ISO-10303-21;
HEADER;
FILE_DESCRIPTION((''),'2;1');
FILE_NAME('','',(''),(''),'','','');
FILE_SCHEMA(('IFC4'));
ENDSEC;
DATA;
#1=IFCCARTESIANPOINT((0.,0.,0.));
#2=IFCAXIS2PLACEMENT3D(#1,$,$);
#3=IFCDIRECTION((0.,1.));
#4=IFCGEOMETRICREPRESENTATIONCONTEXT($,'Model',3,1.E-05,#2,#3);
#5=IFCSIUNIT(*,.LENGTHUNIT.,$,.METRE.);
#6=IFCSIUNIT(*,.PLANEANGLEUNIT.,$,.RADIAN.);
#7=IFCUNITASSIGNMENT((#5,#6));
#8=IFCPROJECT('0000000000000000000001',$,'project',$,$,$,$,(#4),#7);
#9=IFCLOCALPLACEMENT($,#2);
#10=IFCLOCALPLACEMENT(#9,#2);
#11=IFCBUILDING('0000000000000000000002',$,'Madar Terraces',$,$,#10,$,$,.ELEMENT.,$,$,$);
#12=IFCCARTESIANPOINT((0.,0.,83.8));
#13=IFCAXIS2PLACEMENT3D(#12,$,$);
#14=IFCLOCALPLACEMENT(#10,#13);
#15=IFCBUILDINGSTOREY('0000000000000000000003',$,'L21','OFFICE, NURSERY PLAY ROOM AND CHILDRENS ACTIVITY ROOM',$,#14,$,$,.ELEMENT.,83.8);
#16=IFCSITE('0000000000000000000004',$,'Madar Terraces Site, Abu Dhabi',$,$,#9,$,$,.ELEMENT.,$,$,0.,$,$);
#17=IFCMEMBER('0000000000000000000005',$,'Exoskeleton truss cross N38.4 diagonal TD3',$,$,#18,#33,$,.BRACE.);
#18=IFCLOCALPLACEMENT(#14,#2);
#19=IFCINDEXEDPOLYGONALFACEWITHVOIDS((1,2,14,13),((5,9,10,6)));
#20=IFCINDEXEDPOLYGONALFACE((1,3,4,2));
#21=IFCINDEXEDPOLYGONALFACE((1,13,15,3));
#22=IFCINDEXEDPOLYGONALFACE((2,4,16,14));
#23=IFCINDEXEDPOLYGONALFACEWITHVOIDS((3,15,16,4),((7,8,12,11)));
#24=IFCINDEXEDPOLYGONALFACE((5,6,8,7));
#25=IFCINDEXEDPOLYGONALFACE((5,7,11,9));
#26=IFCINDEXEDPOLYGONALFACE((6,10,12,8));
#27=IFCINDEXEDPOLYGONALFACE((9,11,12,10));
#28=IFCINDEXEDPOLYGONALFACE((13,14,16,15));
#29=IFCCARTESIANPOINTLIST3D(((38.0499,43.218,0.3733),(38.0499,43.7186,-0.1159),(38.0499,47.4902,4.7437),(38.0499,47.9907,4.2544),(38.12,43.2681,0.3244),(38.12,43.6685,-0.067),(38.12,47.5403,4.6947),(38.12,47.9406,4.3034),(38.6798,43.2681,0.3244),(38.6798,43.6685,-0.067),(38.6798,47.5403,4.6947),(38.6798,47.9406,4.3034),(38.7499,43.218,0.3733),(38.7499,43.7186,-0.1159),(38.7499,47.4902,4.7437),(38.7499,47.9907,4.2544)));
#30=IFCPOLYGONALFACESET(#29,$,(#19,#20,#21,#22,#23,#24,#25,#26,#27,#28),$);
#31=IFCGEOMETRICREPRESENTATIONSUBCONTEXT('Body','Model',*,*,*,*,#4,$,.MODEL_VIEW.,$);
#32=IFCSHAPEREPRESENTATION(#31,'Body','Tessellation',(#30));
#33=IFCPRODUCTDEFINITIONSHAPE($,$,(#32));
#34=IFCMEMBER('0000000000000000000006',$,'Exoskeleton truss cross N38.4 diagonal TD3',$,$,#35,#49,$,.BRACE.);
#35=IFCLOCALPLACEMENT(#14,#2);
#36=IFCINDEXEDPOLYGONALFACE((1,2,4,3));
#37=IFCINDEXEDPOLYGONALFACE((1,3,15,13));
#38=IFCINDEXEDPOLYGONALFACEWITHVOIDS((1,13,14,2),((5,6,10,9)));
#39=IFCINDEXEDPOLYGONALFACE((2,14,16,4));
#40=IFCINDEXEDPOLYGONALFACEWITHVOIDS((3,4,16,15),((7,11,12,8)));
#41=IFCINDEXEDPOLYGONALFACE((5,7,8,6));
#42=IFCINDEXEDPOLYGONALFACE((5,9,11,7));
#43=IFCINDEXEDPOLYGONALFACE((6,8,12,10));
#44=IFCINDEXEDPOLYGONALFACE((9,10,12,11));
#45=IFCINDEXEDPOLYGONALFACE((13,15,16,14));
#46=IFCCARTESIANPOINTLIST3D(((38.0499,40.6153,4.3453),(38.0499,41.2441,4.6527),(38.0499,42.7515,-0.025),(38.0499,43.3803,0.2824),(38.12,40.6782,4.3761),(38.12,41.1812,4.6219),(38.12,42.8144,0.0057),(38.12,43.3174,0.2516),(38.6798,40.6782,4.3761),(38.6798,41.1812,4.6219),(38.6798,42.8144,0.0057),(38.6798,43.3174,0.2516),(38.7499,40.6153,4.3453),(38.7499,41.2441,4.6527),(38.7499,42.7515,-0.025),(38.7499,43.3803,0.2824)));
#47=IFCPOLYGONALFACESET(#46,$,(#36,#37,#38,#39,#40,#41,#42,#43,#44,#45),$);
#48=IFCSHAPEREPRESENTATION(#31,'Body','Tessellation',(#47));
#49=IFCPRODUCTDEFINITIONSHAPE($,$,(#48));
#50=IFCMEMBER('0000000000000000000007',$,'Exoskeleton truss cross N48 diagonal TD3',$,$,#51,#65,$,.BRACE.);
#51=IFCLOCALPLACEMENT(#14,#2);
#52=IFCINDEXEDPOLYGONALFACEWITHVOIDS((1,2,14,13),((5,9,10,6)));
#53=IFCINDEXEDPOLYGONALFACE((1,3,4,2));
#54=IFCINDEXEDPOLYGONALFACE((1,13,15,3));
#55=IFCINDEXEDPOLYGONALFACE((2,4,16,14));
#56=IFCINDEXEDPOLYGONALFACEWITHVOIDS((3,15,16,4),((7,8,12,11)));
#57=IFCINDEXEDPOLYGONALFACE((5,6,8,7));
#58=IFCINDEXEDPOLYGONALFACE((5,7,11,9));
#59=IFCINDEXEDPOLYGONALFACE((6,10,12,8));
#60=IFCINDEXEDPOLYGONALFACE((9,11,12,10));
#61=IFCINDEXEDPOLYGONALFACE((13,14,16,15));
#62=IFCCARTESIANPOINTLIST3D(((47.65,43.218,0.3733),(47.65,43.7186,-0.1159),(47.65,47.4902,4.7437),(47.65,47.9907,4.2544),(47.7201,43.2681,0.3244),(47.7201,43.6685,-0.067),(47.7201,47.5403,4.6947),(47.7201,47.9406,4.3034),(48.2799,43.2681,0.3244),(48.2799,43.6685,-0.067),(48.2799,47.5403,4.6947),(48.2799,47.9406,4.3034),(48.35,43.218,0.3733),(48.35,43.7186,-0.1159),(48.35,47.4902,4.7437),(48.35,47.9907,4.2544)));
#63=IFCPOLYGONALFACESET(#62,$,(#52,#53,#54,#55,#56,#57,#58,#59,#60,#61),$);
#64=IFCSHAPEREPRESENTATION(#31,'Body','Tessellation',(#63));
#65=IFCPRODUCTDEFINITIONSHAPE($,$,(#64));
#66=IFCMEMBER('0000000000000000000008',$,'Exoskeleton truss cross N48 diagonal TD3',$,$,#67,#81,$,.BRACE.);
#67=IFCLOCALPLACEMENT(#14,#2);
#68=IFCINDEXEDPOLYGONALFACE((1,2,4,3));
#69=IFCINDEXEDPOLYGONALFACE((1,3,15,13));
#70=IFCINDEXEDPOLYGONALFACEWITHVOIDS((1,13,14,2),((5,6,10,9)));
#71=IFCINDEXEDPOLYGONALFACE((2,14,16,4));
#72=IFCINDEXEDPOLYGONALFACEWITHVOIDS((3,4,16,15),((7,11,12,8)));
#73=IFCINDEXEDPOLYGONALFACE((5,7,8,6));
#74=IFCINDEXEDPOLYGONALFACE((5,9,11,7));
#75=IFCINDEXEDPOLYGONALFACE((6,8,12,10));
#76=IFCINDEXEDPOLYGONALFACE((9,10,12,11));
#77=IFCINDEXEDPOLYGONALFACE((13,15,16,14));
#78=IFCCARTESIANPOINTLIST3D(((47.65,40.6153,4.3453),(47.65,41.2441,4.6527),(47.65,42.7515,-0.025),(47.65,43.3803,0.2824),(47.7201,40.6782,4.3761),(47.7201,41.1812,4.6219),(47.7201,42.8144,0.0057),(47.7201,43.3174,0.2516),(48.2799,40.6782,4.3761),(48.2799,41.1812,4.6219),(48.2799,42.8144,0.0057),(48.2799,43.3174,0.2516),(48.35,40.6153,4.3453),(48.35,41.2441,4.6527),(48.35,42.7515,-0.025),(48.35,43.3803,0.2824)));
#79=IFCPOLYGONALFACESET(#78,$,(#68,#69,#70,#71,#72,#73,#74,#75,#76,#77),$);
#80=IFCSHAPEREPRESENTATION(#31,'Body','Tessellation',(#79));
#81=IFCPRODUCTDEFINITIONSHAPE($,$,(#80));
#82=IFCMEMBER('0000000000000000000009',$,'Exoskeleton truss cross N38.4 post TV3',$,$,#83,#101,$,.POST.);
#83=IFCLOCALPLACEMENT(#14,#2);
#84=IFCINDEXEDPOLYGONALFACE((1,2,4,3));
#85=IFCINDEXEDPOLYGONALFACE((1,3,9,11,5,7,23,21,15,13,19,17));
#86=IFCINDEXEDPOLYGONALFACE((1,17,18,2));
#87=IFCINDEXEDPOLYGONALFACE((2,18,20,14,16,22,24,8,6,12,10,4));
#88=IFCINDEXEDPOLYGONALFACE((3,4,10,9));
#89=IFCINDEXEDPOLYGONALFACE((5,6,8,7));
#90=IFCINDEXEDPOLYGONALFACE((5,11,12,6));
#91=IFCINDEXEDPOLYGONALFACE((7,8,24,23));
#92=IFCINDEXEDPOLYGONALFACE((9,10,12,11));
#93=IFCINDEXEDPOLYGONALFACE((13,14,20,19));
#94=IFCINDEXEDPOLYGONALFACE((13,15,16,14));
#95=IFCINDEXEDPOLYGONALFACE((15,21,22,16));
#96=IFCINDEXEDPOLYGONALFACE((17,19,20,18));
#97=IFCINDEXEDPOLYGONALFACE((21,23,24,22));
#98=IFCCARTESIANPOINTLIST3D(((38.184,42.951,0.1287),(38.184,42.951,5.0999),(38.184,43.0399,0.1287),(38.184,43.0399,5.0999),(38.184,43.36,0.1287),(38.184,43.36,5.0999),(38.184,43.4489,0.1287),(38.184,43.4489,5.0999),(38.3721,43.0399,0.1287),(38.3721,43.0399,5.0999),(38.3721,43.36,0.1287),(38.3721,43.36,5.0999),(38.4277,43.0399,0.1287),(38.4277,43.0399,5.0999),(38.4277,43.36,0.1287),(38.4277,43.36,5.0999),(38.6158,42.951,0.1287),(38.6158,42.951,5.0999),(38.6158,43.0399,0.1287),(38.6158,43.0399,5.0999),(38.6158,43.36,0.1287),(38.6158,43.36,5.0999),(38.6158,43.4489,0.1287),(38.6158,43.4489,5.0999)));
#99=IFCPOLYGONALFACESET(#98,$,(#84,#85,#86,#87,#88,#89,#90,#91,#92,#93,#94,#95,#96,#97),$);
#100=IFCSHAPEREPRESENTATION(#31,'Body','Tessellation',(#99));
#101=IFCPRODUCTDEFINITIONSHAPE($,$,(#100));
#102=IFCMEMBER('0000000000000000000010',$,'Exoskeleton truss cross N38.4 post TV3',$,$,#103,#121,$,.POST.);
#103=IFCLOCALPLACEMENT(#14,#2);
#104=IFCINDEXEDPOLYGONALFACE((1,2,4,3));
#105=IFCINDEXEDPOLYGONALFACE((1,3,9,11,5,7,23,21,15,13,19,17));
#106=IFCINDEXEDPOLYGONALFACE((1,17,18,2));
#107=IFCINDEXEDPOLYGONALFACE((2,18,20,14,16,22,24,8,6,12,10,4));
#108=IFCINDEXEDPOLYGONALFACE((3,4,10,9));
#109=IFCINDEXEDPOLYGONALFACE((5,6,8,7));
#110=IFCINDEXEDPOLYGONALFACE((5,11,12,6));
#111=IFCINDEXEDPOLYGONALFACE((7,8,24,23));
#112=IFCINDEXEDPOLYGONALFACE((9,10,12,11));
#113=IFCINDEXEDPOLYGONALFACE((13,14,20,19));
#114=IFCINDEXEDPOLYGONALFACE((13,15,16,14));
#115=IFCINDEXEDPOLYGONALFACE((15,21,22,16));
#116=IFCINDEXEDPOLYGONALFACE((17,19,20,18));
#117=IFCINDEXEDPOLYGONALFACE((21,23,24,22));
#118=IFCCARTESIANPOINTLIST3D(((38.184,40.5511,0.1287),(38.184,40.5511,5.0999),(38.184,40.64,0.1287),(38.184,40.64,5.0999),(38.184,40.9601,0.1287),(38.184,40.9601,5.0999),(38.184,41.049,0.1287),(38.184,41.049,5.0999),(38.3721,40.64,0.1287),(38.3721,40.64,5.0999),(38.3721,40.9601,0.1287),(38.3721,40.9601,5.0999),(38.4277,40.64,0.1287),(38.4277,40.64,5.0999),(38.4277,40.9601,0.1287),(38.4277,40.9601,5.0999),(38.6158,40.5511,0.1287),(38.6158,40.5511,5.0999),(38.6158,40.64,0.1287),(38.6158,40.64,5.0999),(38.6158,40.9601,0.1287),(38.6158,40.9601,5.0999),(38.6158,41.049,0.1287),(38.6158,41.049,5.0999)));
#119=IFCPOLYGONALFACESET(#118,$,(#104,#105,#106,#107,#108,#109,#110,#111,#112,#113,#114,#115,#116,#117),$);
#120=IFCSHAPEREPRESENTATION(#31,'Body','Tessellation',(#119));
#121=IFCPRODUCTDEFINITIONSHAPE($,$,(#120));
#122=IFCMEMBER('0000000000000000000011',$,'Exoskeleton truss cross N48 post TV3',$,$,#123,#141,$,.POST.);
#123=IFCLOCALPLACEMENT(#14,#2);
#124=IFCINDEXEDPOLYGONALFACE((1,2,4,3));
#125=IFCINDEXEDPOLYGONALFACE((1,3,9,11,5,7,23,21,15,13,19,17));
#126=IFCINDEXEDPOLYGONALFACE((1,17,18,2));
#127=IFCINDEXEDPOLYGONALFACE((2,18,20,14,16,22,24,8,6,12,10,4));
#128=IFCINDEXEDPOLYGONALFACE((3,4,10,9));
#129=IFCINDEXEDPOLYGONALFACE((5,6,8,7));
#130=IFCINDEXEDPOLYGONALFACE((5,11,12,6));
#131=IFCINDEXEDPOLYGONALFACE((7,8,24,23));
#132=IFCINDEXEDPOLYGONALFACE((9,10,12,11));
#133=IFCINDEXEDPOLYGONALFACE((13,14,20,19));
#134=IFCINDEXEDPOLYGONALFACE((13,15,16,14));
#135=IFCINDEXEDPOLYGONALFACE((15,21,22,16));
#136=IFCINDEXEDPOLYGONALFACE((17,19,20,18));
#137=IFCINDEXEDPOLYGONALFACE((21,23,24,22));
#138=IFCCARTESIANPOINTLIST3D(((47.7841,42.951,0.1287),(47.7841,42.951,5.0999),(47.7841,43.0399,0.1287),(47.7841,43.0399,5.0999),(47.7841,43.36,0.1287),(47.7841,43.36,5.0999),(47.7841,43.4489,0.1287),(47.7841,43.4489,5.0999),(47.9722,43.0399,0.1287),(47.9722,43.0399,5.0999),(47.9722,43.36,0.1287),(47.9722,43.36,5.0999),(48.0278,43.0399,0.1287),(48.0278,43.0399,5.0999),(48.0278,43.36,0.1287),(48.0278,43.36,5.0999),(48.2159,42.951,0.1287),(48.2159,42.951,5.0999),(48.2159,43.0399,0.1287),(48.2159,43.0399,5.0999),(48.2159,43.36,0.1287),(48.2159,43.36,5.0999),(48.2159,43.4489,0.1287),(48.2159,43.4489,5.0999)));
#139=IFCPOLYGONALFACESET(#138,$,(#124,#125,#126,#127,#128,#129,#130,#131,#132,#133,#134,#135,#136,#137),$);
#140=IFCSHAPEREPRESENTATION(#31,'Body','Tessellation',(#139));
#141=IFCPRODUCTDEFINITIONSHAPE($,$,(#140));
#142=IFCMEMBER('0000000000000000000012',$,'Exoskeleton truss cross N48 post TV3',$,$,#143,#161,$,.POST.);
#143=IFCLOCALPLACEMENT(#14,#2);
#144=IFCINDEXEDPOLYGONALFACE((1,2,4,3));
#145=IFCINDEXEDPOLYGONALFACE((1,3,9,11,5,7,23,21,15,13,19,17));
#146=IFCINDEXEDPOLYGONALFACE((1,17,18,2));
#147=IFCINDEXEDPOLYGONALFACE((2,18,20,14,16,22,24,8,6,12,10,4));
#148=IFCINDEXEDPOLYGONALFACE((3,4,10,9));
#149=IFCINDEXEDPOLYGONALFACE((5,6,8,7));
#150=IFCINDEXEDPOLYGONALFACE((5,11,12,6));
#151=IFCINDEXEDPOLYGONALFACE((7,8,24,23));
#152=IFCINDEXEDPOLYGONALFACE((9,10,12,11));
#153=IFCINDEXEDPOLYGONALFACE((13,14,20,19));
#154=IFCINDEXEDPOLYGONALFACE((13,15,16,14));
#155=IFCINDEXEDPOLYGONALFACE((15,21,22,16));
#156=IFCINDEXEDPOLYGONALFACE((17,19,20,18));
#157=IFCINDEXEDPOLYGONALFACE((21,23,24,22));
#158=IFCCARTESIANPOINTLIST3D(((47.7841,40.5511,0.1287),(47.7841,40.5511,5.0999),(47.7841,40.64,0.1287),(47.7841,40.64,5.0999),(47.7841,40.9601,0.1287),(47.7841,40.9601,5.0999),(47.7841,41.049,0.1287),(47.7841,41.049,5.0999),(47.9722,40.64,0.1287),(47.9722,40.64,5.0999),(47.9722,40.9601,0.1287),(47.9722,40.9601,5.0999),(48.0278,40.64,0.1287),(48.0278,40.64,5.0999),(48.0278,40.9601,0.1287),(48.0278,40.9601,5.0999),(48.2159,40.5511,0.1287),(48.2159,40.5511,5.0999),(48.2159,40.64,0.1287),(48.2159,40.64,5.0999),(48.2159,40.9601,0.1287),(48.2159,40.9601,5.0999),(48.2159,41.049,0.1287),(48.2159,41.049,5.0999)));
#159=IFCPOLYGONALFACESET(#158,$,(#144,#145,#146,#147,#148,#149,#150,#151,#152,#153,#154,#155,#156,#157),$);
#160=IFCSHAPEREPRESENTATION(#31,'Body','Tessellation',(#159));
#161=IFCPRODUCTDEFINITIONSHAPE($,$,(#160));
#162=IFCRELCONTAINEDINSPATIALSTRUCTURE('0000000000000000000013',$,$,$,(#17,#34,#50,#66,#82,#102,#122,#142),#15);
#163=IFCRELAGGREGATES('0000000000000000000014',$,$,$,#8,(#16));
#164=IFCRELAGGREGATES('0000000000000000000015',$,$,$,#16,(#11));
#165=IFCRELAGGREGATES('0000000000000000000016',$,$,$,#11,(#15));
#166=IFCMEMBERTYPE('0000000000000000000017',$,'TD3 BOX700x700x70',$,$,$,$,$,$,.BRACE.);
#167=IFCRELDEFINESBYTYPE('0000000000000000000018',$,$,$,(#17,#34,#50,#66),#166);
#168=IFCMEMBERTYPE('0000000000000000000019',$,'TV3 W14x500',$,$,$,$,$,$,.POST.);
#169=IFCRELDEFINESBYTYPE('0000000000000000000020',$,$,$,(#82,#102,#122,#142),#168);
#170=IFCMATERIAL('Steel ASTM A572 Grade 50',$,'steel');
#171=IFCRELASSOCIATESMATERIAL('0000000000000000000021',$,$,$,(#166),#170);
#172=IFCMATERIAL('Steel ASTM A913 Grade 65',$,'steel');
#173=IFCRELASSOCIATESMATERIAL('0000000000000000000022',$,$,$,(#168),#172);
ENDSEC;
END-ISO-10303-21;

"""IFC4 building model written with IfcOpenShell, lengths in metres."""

from ifc_helpers import new_model, si_unit, direction, frame, origin, origin_2d, place, context, subcontext, project, spatial, hollow_rectangle, i_section, extrude, material, material_profile, profile_set, type_object, element, save


model = new_model("IFC4")

# Units and contexts
model_context = context("Model", 3, precision=1e-05, world=origin(), true_north=direction((0.0, 1.0)))
body_context = subcontext(model_context, "Body", "Model", "MODEL_VIEW")
ifc_project = project(units=[si_unit("LENGTHUNIT", "METRE"), si_unit("PLANEANGLEUNIT", "RADIAN")], contexts=[model_context])

# Site, building, storey
site_placement = place(None, origin())
site = spatial("IfcSite", under=ifc_project, at=site_placement, Name="Madar Terraces Site, Abu Dhabi", CompositionType="ELEMENT", RefElevation=0.0)
building_placement = place(site_placement, origin())
building = spatial("IfcBuilding", under=site, at=building_placement, Name="Madar Terraces", CompositionType="ELEMENT")
storey_placement = place(building_placement, frame((0.0, 0.0, 83.8)))
storey = spatial("IfcBuildingStorey", under=building, at=storey_placement, Name="L21", Description="OFFICE, NURSERY PLAY ROOM AND CHILDRENS ACTIVITY ROOM", CompositionType="ELEMENT", Elevation=83.8)

# Members
ifc_material_1 = material(Name="Steel ASTM A572 Grade 50", Category="steel")
ifc_material_profile_1 = material_profile(ifc_material_1, hollow_rectangle(XDim=0.7, YDim=0.7, WallThickness=0.0701, at=origin_2d()), Name="BOX700x700x70")
ifc_profile_set_1 = profile_set([ifc_material_profile_1], Name="Steel ASTM A572 Grade 50")
member_type_1 = type_object("IfcMemberType", Name="TD3 BOX700x700x70", PredefinedType="BRACE", material=ifc_profile_set_1)
member_1_placement = place(storey_placement, frame((38.3999, 47.7405, 4.499), z_axis=(0.0, -0.699032, -0.715091), x_axis=(1.0, 0.0, 0.0)))
element("IfcMember", 1, at=member_1_placement, inside=storey, type_object=member_type_1, Name="Exoskeleton truss cross N38.4 diagonal TD3", PredefinedType="BRACE", context=body_context, shape_type="SweptSolid", body=[
    extrude(hollow_rectangle(XDim=0.7, YDim=0.7, WallThickness=0.0701, at=origin_2d()), origin(), (0.0, 0.0, 1.0), 6.1116),
])
member_2_placement = place(storey_placement, frame((38.3999, 43.0659, 0.1287), z_axis=(0.0, -0.439145, 0.898416), x_axis=(1.0, 0.0, 0.0)))
element("IfcMember", 2, at=member_2_placement, inside=storey, type_object=member_type_1, Name="Exoskeleton truss cross N38.4 diagonal TD3", PredefinedType="BRACE", context=body_context, shape_type="SweptSolid", body=[
    extrude(hollow_rectangle(XDim=0.7, YDim=0.7, WallThickness=0.0701, at=origin_2d()), origin(), (0.0, 0.0, 1.0), 4.8645),
])
member_3_placement = place(storey_placement, frame((48.0, 47.7405, 4.499), z_axis=(0.0, -0.699032, -0.715091), x_axis=(1.0, 0.0, 0.0)))
element("IfcMember", 3, at=member_3_placement, inside=storey, type_object=member_type_1, Name="Exoskeleton truss cross N48 diagonal TD3", PredefinedType="BRACE", context=body_context, shape_type="SweptSolid", body=[
    extrude(hollow_rectangle(XDim=0.7, YDim=0.7, WallThickness=0.0701, at=origin_2d()), origin(), (0.0, 0.0, 1.0), 6.1116),
])
member_4_placement = place(storey_placement, frame((48.0, 43.0659, 0.1287), z_axis=(0.0, -0.439145, 0.898416), x_axis=(1.0, 0.0, 0.0)))
element("IfcMember", 4, at=member_4_placement, inside=storey, type_object=member_type_1, Name="Exoskeleton truss cross N48 diagonal TD3", PredefinedType="BRACE", context=body_context, shape_type="SweptSolid", body=[
    extrude(hollow_rectangle(XDim=0.7, YDim=0.7, WallThickness=0.0701, at=origin_2d()), origin(), (0.0, 0.0, 1.0), 4.8645),
])
ifc_material_2 = material(Name="Steel ASTM A913 Grade 65", Category="steel")
ifc_material_profile_2 = material_profile(ifc_material_2, i_section(OverallWidth=0.4319, OverallDepth=0.4978, WebThickness=0.0557, FlangeThickness=0.0889, at=origin_2d()), Name="W14x500")
ifc_profile_set_2 = profile_set([ifc_material_profile_2], Name="Steel ASTM A913 Grade 65")
member_type_2 = type_object("IfcMemberType", Name="TV3 W14x500", PredefinedType="POST", material=ifc_profile_set_2)
for number, where, z_axis, x_axis, name in (
    (5, (38.3999, 43.2, 0.1287), (0.0, 0.0, 1.0), (-1.0, 0.0, 0.0), "Exoskeleton truss cross N38.4 post TV3"),
    (6, (38.3999, 40.8, 0.1287), (0.0, 0.0, 1.0), (-1.0, 0.0, 0.0), "Exoskeleton truss cross N38.4 post TV3"),
    (7, (48.0, 43.2, 0.1287), (0.0, 0.0, 1.0), (-1.0, 0.0, 0.0), "Exoskeleton truss cross N48 post TV3"),
    (8, (48.0, 40.8, 0.1287), (0.0, 0.0, 1.0), (-1.0, 0.0, 0.0), "Exoskeleton truss cross N48 post TV3"),
):
    element("IfcMember", number, at=place(storey_placement, frame(where, z_axis=z_axis, x_axis=x_axis)), inside=storey, type_object=member_type_2, Name=name, PredefinedType="POST", context=body_context, shape_type="SweptSolid", body=[
        extrude(i_section(OverallWidth=0.4319, OverallDepth=0.4978, WebThickness=0.0557, FlangeThickness=0.0889, at=origin_2d()), origin(), (0.0, 0.0, 1.0), 4.9712),
    ])

save(model, "model.ifc")
